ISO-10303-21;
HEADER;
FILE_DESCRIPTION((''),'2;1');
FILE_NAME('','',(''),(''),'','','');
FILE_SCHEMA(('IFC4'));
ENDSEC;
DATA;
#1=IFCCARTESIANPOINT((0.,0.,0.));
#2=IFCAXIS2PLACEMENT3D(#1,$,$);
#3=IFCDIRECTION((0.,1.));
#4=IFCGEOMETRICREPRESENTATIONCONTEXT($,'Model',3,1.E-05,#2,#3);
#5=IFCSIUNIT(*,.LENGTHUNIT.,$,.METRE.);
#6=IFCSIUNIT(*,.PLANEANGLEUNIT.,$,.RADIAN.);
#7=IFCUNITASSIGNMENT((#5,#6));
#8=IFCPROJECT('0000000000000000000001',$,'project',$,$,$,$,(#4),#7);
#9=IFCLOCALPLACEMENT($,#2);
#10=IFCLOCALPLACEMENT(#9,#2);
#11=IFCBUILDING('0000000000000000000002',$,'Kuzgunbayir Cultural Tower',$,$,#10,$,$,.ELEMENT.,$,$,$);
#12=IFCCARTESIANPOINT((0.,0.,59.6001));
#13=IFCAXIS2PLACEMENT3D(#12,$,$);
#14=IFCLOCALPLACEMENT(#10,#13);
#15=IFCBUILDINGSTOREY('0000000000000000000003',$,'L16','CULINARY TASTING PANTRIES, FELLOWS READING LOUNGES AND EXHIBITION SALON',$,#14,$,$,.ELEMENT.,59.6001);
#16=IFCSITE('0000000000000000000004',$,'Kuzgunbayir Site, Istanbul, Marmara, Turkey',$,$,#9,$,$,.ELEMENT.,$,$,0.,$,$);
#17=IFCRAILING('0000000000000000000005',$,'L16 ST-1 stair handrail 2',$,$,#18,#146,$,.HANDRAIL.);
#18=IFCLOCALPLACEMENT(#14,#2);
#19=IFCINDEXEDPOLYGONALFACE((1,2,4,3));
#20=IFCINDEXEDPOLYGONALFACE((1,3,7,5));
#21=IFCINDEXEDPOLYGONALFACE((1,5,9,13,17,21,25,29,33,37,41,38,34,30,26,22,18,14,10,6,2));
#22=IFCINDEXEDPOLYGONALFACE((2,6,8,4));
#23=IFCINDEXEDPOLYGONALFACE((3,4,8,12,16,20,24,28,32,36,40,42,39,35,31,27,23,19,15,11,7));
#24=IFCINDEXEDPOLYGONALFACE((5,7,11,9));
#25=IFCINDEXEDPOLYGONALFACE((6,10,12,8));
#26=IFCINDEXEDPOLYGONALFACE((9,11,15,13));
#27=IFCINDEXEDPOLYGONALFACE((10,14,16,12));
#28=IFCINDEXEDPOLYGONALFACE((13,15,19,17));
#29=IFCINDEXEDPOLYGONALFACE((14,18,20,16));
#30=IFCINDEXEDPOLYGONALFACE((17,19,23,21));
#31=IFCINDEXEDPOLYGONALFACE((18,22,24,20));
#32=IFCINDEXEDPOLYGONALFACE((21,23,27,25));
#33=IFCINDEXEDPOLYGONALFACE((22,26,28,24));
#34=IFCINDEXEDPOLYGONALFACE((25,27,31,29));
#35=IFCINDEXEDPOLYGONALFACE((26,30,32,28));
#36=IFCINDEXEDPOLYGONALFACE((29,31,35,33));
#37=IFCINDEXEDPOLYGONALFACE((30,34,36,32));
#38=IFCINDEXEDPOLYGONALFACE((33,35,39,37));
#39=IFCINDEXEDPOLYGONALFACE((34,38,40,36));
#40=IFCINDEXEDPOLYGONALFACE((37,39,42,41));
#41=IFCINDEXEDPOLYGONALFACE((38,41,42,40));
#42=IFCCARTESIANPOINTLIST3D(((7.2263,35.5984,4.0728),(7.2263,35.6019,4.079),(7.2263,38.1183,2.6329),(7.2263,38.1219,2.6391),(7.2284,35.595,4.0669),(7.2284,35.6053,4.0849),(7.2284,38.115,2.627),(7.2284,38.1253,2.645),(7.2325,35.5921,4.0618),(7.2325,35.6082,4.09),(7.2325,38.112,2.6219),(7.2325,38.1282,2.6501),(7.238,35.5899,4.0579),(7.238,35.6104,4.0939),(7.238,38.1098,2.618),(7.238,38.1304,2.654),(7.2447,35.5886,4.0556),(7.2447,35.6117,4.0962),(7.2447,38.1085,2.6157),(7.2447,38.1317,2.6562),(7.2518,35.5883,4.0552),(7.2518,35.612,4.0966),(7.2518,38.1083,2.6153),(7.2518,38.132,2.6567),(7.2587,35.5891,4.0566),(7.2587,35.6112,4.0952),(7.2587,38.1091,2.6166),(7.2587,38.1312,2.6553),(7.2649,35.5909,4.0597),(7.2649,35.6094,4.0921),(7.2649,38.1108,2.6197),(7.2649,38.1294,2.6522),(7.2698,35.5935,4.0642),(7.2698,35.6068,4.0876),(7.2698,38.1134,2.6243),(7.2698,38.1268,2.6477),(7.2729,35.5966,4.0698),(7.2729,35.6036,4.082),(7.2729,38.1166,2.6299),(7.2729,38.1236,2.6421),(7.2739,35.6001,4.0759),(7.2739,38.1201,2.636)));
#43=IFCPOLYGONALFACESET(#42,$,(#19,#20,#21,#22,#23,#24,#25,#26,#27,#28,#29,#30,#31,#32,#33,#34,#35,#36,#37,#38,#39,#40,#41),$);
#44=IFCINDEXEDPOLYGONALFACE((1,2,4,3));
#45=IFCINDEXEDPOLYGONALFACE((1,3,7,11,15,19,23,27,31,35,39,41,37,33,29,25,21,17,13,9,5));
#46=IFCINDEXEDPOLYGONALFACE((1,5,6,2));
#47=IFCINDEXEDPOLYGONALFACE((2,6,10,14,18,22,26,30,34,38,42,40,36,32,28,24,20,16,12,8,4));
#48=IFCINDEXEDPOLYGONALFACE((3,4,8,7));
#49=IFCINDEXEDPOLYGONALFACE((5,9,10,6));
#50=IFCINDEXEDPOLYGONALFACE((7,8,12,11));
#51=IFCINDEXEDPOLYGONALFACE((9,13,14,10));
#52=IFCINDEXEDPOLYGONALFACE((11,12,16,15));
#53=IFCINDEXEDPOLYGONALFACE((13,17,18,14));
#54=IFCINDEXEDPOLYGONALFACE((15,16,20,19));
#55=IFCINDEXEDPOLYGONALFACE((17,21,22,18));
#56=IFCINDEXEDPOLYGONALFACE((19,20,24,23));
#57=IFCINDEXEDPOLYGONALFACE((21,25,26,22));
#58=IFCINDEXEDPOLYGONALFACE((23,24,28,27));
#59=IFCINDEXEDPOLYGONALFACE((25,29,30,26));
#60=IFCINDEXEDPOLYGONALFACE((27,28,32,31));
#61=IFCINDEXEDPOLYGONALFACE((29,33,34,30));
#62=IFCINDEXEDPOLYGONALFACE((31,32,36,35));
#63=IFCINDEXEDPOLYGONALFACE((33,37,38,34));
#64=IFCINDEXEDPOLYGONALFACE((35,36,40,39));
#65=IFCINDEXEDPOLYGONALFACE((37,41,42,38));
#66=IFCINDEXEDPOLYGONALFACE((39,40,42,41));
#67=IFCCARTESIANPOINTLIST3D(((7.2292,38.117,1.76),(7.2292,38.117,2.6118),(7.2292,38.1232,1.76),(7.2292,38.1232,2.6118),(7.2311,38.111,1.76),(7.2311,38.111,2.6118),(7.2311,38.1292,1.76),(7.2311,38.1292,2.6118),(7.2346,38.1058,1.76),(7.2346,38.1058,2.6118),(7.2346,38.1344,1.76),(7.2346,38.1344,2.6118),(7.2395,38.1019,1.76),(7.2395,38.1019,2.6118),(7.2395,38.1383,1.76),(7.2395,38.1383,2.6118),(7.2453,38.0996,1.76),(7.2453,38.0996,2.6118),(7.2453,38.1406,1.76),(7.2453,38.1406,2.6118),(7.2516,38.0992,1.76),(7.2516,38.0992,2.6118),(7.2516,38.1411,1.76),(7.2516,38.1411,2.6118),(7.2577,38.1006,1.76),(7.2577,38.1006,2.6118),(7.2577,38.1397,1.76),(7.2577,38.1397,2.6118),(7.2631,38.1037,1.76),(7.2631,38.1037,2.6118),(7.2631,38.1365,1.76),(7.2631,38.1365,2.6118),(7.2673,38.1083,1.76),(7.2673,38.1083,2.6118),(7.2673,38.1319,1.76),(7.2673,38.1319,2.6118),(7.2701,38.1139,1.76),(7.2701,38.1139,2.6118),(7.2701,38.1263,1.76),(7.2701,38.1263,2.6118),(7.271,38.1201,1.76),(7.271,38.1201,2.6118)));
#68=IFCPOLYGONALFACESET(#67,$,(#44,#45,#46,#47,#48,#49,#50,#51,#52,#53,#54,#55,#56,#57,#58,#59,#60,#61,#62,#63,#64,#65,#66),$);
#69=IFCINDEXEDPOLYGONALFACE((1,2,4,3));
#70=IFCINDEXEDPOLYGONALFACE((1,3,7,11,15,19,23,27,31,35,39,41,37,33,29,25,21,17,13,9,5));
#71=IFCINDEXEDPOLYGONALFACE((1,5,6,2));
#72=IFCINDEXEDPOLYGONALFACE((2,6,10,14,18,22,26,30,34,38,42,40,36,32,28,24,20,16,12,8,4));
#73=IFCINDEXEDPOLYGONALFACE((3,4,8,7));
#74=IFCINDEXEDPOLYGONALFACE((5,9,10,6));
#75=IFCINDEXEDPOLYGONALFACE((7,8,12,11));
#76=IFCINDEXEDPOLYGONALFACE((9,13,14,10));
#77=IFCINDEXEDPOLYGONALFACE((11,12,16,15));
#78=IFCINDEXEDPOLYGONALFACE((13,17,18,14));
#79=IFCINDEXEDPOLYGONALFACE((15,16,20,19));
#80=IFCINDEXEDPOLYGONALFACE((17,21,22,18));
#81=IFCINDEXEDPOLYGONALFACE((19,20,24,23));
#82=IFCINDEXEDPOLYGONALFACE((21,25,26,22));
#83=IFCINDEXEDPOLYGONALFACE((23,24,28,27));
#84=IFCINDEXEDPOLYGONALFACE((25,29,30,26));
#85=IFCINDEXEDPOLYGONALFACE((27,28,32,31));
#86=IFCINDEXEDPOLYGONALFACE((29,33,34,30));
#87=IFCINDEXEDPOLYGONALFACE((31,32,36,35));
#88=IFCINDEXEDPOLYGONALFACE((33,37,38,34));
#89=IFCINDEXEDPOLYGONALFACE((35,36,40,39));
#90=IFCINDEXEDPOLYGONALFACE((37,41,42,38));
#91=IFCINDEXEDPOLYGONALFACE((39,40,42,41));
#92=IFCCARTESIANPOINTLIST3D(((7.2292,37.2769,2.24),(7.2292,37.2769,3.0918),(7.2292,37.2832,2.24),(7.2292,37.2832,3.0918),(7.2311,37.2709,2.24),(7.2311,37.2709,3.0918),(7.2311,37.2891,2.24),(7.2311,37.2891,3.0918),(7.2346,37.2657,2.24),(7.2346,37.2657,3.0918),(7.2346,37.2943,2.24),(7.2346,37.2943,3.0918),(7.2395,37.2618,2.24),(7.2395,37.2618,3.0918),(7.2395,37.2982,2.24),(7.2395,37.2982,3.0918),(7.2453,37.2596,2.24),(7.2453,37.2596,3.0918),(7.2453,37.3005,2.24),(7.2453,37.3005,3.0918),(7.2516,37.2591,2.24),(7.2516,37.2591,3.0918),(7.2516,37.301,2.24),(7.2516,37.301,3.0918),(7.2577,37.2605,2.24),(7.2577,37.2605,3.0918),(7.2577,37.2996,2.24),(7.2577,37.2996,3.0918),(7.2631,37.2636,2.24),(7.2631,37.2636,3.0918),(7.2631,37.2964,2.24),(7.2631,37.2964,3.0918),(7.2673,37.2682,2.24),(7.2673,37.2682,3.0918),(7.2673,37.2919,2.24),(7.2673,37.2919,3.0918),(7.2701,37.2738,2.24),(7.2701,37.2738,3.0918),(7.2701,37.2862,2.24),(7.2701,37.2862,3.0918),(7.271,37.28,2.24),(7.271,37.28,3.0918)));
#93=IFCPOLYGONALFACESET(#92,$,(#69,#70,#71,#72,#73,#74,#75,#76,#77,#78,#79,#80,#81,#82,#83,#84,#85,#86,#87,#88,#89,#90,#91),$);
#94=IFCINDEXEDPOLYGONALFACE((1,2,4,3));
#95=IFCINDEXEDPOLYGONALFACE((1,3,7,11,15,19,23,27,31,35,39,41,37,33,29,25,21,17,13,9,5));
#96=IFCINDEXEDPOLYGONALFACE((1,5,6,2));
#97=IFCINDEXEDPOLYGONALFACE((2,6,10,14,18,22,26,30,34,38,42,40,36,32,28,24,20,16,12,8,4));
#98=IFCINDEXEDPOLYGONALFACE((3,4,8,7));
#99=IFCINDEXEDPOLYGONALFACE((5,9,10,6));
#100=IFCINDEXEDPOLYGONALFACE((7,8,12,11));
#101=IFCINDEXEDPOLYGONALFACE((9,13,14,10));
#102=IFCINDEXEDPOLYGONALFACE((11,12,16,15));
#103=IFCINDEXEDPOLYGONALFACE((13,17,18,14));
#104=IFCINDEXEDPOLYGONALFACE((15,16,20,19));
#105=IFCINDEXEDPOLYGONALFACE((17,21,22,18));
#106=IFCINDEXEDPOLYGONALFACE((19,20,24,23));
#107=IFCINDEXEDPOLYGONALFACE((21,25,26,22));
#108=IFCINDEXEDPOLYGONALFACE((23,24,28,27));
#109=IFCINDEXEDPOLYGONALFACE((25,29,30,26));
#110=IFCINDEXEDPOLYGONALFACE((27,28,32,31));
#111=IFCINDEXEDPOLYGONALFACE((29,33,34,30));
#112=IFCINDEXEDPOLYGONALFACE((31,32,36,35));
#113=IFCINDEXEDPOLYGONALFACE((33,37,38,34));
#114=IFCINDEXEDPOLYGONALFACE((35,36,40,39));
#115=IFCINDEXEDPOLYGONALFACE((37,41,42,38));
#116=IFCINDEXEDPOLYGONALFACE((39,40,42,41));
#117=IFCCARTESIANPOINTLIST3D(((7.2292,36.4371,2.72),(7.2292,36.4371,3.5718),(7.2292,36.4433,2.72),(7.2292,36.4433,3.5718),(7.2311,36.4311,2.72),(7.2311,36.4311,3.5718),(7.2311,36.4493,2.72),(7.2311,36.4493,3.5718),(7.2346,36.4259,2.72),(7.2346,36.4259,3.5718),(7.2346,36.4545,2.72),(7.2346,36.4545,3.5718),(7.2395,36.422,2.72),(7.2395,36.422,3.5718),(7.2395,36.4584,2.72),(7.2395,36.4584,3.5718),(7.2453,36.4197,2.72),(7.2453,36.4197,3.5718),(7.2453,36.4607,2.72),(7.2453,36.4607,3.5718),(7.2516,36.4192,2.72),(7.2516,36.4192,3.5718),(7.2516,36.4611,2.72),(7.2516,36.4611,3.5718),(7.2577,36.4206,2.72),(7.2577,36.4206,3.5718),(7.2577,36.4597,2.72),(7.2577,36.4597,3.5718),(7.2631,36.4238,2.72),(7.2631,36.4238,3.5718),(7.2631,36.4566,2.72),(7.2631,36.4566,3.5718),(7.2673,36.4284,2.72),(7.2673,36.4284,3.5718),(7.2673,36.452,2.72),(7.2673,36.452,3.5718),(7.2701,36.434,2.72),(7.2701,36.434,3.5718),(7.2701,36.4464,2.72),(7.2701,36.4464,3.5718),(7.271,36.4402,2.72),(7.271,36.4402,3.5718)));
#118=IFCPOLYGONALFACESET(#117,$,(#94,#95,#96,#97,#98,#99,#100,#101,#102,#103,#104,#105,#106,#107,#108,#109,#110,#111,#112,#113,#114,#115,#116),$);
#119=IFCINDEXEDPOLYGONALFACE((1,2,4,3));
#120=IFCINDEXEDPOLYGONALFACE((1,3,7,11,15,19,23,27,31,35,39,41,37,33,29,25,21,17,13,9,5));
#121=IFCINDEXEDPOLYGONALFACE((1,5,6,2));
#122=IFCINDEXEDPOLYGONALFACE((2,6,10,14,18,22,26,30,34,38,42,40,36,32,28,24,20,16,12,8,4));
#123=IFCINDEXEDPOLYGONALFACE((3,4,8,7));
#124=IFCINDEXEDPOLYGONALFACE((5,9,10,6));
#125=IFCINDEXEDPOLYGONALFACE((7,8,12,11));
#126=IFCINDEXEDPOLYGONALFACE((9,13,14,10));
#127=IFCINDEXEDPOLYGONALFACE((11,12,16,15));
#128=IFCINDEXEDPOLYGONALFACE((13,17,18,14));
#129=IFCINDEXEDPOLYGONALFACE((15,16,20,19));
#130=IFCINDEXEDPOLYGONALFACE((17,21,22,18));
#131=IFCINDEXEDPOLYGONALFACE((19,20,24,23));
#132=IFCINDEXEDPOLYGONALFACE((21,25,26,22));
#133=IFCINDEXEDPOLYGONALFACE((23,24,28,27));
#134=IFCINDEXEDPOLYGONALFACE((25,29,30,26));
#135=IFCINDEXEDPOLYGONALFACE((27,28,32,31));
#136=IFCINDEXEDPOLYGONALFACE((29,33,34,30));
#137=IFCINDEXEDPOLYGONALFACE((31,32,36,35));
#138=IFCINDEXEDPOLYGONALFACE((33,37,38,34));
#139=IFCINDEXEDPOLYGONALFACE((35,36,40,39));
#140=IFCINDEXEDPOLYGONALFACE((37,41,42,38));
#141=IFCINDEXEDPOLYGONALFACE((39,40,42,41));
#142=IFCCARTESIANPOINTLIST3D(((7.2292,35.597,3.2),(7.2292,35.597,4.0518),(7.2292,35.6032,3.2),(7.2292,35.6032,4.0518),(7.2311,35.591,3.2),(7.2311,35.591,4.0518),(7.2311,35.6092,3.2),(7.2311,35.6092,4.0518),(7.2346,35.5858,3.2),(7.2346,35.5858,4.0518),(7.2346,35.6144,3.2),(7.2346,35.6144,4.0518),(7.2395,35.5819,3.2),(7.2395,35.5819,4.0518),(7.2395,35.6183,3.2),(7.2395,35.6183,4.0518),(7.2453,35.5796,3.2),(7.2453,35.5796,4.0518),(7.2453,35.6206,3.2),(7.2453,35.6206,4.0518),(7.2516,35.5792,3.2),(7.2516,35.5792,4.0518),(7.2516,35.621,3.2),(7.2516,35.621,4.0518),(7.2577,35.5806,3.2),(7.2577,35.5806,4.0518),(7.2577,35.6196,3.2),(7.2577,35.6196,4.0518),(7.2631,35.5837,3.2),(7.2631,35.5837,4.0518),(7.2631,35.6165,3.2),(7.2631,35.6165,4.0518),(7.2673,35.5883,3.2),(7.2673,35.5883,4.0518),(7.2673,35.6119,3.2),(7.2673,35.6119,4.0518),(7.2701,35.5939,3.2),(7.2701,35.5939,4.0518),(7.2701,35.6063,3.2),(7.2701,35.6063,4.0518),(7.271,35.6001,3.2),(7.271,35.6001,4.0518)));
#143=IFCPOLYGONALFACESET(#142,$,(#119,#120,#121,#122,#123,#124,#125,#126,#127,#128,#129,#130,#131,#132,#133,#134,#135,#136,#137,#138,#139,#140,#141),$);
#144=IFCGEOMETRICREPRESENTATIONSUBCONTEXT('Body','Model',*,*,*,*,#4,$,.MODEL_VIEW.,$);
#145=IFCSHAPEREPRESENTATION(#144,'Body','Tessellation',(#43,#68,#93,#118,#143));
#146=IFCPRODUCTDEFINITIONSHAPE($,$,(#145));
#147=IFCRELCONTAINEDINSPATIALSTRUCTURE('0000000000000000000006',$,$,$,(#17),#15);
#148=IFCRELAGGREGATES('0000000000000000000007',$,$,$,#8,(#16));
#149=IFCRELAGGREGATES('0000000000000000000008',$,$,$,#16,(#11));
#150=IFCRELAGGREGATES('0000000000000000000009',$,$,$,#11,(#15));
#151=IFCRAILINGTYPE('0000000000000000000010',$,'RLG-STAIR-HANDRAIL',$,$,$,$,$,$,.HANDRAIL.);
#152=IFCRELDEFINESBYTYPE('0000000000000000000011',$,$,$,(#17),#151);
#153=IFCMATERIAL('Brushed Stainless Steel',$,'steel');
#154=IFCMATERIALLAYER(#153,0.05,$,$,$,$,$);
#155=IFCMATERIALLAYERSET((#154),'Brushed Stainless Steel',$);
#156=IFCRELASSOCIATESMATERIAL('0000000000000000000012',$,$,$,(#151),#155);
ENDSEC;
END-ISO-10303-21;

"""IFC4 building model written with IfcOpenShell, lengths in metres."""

from ifc_helpers import new_model, si_unit, direction, frame, origin, origin_2d, place, context, subcontext, project, spatial, circle, extrude, material, layer, layer_set, type_object, element, save


model = new_model("IFC4")

# Units and contexts
model_context = context("Model", 3, precision=1e-05, world=origin(), true_north=direction((0.0, 1.0)))
body_context = subcontext(model_context, "Body", "Model", "MODEL_VIEW")
ifc_project = project(units=[si_unit("LENGTHUNIT", "METRE"), si_unit("PLANEANGLEUNIT", "RADIAN")], contexts=[model_context])

# Site, building, storey
site_placement = place(None, origin())
site = spatial("IfcSite", under=ifc_project, at=site_placement, Name="Kuzgunbayir Site, Istanbul, Marmara, Turkey", CompositionType="ELEMENT", RefElevation=0.0)
building_placement = place(site_placement, origin())
building = spatial("IfcBuilding", under=site, at=building_placement, Name="Kuzgunbayir Cultural Tower", CompositionType="ELEMENT")
storey_placement = place(building_placement, frame((0.0, 0.0, 59.6001)))
storey = spatial("IfcBuildingStorey", under=building, at=storey_placement, Name="L16", Description="CULINARY TASTING PANTRIES, FELLOWS READING LOUNGES AND EXHIBITION SALON", CompositionType="ELEMENT", Elevation=59.6001)

# Shared definitions
ifc_material_1 = material(Name="Brushed Stainless Steel", Category="steel")

# Railing
ifc_layer_1 = layer(ifc_material_1, 0.05)
ifc_layer_set_1 = layer_set([ifc_layer_1], Name="Brushed Stainless Steel")
railing_type_1 = type_object("IfcRailingType", Name="RLG-STAIR-HANDRAIL", PredefinedType="HANDRAIL", material=ifc_layer_set_1)
railing_1_placement = place(storey_placement, frame((7.25, 38.1201, 1.76)))
element("IfcRailing", 1, at=railing_1_placement, inside=storey, type_object=railing_type_1, Name="L16 ST-1 stair handrail 2", PredefinedType="HANDRAIL", context=body_context, shape_type="SweptSolid", body=[
    extrude(circle(Radius=0.0239, at=origin_2d()), frame((0.0, 0.0, 0.876), z_axis=(0.0, -0.868253, 0.496121), x_axis=(1.0, 0.0, 0.0)), (0.0, 0.0, 1.0), 2.9023),
    extrude(circle(Radius=0.021, at=origin_2d()), origin(), (0.0, 0.0, 1.0), 0.8518),
    extrude(circle(Radius=0.021, at=origin_2d()), frame((0.0, -0.8401, 0.48)), (0.0, 0.0, 1.0), 0.8518),
    extrude(circle(Radius=0.021, at=origin_2d()), frame((0.0, -1.6799, 0.96)), (0.0, 0.0, 1.0), 0.8518),
    extrude(circle(Radius=0.021, at=origin_2d()), frame((0.0, -2.52, 1.4399)), (0.0, 0.0, 1.0), 0.8518),
])

save(model, "model.ifc")
